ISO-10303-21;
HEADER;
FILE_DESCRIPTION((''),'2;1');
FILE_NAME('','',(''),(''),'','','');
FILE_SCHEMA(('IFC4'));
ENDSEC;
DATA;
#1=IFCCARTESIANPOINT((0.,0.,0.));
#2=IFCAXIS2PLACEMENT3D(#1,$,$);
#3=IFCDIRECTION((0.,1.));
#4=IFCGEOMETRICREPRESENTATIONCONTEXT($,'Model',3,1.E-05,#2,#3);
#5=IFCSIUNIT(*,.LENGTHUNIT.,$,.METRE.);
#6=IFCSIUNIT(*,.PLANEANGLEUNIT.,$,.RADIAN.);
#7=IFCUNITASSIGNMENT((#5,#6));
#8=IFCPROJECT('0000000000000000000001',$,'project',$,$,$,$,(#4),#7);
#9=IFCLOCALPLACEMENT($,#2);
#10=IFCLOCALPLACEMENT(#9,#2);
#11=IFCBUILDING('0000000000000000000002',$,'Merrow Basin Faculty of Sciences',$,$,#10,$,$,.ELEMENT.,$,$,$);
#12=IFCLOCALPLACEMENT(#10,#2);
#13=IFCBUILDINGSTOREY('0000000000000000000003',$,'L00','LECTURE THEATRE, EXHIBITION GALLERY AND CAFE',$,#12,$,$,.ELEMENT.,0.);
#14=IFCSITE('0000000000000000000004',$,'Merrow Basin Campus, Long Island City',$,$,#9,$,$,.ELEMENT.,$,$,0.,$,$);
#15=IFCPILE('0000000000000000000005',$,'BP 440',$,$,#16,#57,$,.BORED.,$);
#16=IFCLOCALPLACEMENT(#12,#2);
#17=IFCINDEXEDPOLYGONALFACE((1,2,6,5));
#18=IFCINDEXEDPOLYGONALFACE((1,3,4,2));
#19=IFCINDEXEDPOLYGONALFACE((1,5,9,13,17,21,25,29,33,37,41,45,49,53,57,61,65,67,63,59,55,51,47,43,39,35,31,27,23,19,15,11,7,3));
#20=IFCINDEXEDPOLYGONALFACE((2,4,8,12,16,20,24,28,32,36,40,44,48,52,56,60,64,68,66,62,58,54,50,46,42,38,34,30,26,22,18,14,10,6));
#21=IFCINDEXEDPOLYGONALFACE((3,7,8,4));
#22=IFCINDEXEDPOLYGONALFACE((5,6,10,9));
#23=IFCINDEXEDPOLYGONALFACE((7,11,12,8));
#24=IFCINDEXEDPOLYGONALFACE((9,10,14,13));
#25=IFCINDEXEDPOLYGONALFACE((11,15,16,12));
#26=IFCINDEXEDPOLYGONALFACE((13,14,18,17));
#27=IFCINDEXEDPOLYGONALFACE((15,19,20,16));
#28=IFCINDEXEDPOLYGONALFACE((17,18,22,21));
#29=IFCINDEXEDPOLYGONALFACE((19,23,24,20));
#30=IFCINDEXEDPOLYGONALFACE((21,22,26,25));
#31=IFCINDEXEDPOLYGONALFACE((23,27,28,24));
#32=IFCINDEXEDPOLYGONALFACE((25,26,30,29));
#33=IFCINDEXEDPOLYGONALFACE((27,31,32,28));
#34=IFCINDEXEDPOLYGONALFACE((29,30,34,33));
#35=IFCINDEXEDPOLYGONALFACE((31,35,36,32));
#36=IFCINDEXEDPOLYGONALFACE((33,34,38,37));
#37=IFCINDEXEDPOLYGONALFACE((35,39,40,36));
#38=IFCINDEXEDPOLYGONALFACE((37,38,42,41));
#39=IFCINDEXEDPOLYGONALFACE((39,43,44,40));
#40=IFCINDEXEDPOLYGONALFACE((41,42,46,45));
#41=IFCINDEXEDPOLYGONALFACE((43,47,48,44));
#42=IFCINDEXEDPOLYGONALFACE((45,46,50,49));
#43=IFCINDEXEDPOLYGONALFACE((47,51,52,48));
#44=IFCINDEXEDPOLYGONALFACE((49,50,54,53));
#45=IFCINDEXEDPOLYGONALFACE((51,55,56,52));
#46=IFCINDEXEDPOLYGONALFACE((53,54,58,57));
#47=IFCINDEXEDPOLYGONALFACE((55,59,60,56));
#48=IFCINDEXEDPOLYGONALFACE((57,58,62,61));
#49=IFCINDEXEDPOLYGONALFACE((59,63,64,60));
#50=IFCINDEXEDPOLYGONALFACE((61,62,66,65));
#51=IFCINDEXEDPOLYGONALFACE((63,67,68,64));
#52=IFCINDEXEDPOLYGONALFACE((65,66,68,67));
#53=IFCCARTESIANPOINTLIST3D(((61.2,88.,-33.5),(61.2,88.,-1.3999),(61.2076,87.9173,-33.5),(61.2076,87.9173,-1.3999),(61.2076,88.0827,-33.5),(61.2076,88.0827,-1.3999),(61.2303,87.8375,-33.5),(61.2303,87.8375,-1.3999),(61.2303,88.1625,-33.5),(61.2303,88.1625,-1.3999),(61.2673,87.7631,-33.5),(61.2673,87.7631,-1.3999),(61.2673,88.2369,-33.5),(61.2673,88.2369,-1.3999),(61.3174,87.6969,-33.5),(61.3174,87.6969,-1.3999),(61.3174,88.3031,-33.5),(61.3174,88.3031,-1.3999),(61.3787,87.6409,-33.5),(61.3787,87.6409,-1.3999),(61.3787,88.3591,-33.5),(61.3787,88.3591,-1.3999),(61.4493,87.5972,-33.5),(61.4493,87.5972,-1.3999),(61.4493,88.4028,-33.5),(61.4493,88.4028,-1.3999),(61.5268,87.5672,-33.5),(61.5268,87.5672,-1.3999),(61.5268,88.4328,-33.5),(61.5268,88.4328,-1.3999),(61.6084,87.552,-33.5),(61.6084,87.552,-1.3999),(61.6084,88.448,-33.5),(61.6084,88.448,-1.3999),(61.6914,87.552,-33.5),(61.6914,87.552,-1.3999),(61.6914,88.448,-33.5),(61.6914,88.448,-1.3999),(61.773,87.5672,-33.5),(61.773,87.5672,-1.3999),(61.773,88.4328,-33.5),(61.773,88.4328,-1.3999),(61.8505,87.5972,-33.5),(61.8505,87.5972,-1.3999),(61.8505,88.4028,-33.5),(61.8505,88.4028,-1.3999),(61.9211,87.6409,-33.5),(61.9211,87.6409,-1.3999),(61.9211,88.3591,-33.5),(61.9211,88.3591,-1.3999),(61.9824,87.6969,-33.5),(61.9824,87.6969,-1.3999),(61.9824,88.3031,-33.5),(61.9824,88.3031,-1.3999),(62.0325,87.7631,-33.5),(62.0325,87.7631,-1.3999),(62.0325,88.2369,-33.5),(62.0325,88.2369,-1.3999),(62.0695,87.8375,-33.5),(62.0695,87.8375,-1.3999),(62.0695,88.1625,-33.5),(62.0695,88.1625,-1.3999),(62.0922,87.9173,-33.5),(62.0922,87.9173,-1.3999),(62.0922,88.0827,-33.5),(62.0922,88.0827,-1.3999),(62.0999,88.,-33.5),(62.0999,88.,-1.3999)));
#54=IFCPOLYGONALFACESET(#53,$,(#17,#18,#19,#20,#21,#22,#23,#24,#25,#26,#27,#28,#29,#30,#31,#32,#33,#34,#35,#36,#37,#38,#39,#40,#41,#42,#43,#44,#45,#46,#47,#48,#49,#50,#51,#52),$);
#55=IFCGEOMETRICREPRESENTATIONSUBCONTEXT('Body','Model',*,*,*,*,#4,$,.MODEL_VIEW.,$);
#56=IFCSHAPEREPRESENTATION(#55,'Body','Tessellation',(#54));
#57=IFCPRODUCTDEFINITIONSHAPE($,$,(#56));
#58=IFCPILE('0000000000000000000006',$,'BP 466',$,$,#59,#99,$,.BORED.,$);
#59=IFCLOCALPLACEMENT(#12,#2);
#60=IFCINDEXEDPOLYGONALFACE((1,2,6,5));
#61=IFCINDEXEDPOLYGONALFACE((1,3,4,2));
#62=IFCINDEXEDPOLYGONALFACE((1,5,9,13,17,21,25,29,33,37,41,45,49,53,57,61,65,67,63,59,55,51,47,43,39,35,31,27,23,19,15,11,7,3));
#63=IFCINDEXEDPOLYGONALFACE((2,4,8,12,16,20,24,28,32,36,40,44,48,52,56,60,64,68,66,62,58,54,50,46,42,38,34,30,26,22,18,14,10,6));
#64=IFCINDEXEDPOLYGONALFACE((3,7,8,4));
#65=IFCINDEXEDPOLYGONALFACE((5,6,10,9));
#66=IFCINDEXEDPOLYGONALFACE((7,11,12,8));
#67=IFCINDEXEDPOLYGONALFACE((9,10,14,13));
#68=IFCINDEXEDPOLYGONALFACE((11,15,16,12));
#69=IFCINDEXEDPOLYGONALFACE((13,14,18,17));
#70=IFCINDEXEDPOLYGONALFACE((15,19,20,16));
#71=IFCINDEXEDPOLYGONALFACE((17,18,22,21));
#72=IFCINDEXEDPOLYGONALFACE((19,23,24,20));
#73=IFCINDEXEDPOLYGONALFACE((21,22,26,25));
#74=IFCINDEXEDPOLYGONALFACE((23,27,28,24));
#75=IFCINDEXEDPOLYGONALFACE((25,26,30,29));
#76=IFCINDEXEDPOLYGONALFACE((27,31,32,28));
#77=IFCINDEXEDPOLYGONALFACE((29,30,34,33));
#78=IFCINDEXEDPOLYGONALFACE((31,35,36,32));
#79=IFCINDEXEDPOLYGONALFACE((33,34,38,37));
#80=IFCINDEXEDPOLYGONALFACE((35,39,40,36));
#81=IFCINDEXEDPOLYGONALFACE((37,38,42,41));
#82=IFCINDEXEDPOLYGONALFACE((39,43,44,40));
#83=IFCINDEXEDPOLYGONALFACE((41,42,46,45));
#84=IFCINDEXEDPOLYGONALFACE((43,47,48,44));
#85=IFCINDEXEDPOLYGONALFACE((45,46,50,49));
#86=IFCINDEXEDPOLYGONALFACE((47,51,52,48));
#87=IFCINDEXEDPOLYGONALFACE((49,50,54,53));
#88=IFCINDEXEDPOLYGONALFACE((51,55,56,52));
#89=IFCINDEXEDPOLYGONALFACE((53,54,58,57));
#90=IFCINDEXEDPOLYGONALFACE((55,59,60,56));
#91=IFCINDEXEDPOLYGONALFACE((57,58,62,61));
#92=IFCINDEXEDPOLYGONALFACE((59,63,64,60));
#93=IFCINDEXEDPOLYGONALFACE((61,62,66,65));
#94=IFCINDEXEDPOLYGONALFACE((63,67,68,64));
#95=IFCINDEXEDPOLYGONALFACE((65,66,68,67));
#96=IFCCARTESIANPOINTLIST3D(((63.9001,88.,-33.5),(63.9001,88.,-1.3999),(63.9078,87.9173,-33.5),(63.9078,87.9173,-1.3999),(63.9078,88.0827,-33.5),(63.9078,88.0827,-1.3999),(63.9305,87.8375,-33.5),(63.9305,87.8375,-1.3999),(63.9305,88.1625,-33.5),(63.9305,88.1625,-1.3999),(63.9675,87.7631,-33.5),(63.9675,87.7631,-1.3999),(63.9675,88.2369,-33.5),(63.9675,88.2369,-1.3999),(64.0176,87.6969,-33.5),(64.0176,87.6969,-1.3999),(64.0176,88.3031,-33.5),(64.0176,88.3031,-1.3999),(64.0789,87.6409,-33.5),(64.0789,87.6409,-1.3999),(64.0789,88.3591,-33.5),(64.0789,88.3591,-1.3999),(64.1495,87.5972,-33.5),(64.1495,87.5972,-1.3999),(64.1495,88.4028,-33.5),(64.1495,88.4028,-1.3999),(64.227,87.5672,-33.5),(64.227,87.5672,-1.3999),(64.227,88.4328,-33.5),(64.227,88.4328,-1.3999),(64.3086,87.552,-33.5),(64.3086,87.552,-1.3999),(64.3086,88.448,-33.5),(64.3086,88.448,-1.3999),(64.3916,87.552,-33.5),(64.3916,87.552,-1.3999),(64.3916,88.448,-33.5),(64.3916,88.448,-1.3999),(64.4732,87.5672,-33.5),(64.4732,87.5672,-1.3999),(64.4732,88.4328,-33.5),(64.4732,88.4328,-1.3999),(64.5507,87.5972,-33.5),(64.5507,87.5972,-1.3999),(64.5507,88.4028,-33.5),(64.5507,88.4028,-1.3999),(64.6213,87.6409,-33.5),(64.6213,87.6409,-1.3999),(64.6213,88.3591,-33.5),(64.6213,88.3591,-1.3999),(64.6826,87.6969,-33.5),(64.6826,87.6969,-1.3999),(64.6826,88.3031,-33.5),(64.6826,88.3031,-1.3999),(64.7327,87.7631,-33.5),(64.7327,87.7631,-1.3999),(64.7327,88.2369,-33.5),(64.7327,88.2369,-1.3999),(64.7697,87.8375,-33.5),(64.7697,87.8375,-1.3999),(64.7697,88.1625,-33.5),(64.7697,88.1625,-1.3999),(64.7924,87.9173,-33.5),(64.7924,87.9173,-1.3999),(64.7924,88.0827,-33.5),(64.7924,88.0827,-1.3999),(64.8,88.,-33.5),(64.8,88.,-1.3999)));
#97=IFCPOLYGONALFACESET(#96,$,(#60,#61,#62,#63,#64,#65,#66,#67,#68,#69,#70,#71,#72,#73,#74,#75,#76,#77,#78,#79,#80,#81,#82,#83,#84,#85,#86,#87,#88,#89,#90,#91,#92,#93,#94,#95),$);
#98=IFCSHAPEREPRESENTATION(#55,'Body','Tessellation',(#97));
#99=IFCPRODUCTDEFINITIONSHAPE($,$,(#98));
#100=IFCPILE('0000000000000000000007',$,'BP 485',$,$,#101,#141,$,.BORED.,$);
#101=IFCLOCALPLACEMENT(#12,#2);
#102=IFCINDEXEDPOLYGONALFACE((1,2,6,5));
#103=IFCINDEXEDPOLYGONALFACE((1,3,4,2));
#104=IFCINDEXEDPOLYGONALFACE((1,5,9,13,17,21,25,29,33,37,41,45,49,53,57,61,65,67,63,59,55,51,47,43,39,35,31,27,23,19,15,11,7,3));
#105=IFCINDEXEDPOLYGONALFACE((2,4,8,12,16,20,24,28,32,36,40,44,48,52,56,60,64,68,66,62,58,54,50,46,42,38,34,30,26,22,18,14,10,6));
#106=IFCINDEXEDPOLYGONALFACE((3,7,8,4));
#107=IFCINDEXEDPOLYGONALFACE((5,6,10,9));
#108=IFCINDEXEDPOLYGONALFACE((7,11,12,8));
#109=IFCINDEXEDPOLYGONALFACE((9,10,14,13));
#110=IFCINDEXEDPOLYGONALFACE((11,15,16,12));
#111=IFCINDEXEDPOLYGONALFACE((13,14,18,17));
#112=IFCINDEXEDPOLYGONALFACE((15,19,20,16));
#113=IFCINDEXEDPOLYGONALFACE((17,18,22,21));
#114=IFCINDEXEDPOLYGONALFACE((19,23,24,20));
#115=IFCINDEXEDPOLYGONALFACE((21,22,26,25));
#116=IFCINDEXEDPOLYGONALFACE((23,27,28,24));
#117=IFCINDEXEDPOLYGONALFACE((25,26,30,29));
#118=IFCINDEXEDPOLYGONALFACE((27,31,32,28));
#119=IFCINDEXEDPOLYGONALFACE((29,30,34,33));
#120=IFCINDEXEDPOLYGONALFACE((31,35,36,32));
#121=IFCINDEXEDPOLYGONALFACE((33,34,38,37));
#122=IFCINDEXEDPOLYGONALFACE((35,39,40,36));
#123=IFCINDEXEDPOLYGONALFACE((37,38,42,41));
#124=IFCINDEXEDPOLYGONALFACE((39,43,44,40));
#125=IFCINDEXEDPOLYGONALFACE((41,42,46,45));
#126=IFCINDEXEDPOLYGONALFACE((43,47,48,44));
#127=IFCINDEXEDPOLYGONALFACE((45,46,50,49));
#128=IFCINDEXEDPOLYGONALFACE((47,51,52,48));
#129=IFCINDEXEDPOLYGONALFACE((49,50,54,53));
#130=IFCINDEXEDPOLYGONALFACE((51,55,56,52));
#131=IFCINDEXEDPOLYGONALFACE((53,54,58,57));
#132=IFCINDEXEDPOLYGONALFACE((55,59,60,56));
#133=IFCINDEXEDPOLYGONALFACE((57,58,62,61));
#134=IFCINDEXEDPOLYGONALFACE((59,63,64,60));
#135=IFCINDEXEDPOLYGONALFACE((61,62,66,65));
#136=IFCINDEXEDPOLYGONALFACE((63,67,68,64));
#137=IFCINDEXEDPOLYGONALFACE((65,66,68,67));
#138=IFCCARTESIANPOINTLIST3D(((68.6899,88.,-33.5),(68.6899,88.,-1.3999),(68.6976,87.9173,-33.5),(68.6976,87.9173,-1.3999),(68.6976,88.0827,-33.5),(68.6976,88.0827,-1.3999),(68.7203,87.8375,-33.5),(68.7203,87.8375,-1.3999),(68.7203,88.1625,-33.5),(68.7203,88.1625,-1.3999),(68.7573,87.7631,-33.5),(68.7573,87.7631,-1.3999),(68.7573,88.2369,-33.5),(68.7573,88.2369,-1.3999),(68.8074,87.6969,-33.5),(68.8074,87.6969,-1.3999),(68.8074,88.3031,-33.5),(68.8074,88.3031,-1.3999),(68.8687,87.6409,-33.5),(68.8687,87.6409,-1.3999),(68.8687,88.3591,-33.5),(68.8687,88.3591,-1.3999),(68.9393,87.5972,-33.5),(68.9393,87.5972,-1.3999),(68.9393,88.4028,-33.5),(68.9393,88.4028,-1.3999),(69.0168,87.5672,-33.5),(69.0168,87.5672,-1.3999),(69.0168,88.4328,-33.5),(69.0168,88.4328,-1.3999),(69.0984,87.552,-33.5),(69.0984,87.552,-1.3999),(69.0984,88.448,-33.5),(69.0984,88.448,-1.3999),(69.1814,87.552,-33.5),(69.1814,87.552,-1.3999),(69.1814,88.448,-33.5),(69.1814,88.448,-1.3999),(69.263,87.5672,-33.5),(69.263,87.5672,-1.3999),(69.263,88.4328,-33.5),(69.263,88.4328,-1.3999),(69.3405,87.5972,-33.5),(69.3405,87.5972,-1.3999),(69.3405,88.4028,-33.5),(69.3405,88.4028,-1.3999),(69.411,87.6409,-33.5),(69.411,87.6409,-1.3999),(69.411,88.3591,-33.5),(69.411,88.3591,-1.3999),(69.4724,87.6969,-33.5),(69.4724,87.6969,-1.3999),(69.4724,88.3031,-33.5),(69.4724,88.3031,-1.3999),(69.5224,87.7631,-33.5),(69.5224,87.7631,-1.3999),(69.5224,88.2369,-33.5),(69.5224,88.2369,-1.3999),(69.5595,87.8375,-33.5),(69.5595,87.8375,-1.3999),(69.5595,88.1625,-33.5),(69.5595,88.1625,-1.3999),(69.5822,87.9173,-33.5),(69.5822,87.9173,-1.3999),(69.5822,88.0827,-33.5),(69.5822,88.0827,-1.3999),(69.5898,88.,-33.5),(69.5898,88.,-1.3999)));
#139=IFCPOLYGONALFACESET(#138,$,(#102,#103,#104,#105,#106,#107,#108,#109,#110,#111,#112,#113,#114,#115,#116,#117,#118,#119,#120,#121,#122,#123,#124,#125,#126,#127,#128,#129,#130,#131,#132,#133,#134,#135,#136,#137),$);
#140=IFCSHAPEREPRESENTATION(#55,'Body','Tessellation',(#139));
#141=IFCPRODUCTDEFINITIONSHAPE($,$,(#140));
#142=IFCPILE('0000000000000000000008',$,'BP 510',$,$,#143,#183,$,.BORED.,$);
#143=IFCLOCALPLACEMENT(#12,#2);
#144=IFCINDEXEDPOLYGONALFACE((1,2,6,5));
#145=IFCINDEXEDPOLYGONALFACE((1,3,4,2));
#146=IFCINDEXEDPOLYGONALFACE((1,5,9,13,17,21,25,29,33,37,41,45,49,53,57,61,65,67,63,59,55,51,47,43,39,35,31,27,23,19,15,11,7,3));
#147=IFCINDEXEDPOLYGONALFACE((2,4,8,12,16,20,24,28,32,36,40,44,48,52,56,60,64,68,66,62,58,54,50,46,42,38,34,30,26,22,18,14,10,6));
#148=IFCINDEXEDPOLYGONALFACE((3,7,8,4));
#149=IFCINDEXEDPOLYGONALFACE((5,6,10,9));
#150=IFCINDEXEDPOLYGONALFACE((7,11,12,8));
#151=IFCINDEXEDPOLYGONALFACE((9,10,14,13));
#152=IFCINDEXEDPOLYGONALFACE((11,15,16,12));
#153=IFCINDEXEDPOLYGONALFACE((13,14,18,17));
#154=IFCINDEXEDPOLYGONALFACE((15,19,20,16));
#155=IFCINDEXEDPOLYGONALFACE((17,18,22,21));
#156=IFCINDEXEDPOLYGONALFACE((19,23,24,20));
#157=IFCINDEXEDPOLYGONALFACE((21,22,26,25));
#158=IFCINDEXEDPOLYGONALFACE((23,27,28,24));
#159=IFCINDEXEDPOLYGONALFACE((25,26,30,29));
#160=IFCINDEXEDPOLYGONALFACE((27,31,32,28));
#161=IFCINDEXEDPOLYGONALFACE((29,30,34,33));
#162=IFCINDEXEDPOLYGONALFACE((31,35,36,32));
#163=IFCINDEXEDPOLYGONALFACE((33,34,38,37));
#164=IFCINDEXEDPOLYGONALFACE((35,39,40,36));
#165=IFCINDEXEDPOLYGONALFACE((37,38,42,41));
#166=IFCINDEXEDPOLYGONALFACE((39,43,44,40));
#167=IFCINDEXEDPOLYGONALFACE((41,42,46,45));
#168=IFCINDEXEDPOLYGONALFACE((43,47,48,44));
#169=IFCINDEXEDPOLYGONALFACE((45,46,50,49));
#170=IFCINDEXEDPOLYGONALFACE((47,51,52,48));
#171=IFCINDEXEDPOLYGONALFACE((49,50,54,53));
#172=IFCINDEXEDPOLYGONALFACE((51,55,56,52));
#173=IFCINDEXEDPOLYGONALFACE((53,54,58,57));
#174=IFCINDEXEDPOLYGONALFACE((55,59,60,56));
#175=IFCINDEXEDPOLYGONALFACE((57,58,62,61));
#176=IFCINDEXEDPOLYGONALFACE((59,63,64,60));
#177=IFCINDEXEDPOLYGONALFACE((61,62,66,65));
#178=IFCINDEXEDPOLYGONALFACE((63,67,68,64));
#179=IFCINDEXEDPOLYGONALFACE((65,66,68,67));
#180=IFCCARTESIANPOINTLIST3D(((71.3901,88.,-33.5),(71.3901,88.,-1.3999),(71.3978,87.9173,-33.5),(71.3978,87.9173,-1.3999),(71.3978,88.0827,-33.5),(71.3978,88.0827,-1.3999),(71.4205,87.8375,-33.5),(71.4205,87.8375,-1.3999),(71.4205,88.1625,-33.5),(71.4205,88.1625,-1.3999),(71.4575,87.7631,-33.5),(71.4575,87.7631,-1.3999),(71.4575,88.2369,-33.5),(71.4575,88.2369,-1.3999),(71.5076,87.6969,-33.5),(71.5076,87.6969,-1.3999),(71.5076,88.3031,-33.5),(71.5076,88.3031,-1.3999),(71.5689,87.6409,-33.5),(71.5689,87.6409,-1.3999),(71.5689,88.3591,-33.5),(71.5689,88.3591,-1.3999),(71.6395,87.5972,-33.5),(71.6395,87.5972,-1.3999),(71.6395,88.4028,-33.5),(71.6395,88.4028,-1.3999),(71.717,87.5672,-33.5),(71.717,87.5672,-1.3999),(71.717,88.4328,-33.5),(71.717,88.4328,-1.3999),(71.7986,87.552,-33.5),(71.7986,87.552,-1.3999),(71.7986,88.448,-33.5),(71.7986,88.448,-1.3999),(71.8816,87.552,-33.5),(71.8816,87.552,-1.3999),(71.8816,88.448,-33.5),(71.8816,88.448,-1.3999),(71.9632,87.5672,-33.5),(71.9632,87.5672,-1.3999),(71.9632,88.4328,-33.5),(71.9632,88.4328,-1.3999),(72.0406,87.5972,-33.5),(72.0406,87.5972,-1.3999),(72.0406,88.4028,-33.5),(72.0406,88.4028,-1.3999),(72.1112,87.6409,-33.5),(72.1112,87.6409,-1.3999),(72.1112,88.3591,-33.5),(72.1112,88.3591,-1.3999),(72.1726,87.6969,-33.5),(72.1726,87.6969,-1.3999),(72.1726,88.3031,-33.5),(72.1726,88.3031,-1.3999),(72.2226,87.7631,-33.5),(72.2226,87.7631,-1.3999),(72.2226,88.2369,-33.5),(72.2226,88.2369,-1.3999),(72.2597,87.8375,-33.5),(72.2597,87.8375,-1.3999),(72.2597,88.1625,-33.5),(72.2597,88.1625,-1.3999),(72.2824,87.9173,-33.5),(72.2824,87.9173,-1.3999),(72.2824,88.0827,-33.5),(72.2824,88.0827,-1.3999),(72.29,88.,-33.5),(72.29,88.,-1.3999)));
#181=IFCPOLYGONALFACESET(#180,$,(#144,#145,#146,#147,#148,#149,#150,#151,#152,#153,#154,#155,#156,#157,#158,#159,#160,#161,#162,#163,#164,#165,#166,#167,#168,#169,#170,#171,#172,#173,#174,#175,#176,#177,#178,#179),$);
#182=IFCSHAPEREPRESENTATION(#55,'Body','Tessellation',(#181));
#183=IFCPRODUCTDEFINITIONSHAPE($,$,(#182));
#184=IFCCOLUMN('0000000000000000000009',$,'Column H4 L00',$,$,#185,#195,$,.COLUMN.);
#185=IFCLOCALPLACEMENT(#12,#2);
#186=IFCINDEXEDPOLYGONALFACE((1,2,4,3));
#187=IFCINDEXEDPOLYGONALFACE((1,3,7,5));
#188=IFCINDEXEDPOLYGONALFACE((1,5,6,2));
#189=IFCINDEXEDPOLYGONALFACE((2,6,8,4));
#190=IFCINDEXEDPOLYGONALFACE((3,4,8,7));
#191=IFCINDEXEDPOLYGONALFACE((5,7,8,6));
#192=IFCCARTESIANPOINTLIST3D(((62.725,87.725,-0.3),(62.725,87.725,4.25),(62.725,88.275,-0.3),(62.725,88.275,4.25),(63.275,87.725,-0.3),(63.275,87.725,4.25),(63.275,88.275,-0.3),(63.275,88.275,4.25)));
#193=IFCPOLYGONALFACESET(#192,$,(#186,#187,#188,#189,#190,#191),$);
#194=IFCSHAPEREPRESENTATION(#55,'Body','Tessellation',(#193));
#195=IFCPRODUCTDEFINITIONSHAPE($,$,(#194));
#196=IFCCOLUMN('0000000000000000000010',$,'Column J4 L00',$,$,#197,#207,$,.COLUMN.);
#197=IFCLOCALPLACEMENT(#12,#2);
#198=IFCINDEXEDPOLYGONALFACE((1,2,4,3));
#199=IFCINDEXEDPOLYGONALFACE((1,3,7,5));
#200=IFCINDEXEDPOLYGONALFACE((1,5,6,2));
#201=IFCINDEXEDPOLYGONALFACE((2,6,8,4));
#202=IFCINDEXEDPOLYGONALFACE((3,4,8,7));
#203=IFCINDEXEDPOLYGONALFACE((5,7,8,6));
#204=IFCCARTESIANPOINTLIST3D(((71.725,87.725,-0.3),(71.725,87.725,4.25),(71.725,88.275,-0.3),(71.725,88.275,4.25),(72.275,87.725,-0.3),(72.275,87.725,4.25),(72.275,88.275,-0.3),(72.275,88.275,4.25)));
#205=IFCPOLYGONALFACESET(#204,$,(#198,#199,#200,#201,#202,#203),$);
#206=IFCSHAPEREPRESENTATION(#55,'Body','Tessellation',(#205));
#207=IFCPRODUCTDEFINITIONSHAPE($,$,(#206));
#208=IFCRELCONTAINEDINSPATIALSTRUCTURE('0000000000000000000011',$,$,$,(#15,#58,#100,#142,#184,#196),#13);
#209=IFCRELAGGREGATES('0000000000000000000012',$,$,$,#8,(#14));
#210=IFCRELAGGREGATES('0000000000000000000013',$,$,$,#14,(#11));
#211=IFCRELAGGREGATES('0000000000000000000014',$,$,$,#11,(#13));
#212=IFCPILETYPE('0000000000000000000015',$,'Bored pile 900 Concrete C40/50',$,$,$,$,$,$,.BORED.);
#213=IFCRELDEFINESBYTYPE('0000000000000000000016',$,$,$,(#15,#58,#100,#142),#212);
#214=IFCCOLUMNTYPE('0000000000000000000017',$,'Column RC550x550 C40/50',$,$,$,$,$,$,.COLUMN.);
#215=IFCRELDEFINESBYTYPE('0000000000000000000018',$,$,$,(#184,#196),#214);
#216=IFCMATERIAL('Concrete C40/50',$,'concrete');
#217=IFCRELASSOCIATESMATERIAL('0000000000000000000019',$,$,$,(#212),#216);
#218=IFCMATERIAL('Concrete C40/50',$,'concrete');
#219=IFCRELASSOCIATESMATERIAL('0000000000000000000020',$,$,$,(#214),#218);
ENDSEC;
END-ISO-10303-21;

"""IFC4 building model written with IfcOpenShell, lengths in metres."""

from ifc_helpers import new_model, si_unit, direction, frame, origin, origin_2d, place, context, subcontext, project, spatial, rectangle, circle, extrude, material, material_profile, profile_set, type_object, element, save


model = new_model("IFC4")

# Units and contexts
model_context = context("Model", 3, precision=1e-05, world=origin(), true_north=direction((0.0, 1.0)))
body_context = subcontext(model_context, "Body", "Model", "MODEL_VIEW")
ifc_project = project(units=[si_unit("LENGTHUNIT", "METRE"), si_unit("PLANEANGLEUNIT", "RADIAN")], contexts=[model_context])

# Site, building, storey
site_placement = place(None, origin())
site = spatial("IfcSite", under=ifc_project, at=site_placement, Name="Merrow Basin Campus, Long Island City", CompositionType="ELEMENT", RefElevation=0.0)
building_placement = place(site_placement, origin())
building = spatial("IfcBuilding", under=site, at=building_placement, Name="Merrow Basin Faculty of Sciences", CompositionType="ELEMENT")
storey_placement = place(building_placement, origin())
storey = spatial("IfcBuildingStorey", under=building, at=storey_placement, Name="L00", Description="LECTURE THEATRE, EXHIBITION GALLERY AND CAFE", CompositionType="ELEMENT", Elevation=0.0)

# Piles
ifc_material_1 = material(Name="Concrete C40/50", Category="concrete")
ifc_material_profile_1 = material_profile(ifc_material_1, circle(Radius=0.45, at=origin_2d()))
ifc_profile_set_1 = profile_set([ifc_material_profile_1], Name="Concrete C40/50")
pile_type = type_object("IfcPileType", Name="Bored pile 900 Concrete C40/50", PredefinedType="BORED", material=ifc_profile_set_1)
for number, where, z_axis, x_axis, name in (
    (1, (61.6499, 88.0, -1.3999), (0.0, 0.0, -1.0), (1.0, 0.0, 0.0), "BP 440"),
    (2, (64.3501, 88.0, -1.3999), (0.0, 0.0, -1.0), (1.0, 0.0, 0.0), "BP 466"),
    (3, (69.1399, 88.0, -1.3999), (0.0, 0.0, -1.0), (1.0, 0.0, 0.0), "BP 485"),
    (4, (71.8401, 88.0, -1.3999), (0.0, 0.0, -1.0), (1.0, 0.0, 0.0), "BP 510"),
):
    element("IfcPile", number, at=place(storey_placement, frame(where, z_axis=z_axis, x_axis=x_axis)), inside=storey, type_object=pile_type, Name=name, PredefinedType="BORED", context=body_context, shape_type="SweptSolid", body=[
        extrude(circle(Radius=0.45, at=origin_2d()), origin(), (0.0, 0.0, 1.0), 32.1001),
    ])

# Columns
ifc_material_2 = material(Name="Concrete C40/50", Category="concrete")
ifc_material_profile_2 = material_profile(ifc_material_2, rectangle(XDim=0.55, YDim=0.55, at=origin_2d()))
ifc_profile_set_2 = profile_set([ifc_material_profile_2], Name="Concrete C40/50")
column_type = type_object("IfcColumnType", Name="Column RC550x550 C40/50", PredefinedType="COLUMN", material=ifc_profile_set_2)
for number, where, z_axis, x_axis, name in (
    (5, (63.0, 88.0, -0.3), (0.0, 0.0, 1.0), (1.0, 0.0, 0.0), "Column H4 L00"),
    (6, (72.0, 88.0, -0.3), (0.0, 0.0, 1.0), (1.0, 0.0, 0.0), "Column J4 L00"),
):
    element("IfcColumn", number, at=place(storey_placement, frame(where, z_axis=z_axis, x_axis=x_axis)), inside=storey, type_object=column_type, Name=name, PredefinedType="COLUMN", context=body_context, shape_type="SweptSolid", body=[
        extrude(rectangle(XDim=0.55, YDim=0.55, at=origin_2d()), origin(), (0.0, 0.0, 1.0), 4.55),
    ])

save(model, "model.ifc")
